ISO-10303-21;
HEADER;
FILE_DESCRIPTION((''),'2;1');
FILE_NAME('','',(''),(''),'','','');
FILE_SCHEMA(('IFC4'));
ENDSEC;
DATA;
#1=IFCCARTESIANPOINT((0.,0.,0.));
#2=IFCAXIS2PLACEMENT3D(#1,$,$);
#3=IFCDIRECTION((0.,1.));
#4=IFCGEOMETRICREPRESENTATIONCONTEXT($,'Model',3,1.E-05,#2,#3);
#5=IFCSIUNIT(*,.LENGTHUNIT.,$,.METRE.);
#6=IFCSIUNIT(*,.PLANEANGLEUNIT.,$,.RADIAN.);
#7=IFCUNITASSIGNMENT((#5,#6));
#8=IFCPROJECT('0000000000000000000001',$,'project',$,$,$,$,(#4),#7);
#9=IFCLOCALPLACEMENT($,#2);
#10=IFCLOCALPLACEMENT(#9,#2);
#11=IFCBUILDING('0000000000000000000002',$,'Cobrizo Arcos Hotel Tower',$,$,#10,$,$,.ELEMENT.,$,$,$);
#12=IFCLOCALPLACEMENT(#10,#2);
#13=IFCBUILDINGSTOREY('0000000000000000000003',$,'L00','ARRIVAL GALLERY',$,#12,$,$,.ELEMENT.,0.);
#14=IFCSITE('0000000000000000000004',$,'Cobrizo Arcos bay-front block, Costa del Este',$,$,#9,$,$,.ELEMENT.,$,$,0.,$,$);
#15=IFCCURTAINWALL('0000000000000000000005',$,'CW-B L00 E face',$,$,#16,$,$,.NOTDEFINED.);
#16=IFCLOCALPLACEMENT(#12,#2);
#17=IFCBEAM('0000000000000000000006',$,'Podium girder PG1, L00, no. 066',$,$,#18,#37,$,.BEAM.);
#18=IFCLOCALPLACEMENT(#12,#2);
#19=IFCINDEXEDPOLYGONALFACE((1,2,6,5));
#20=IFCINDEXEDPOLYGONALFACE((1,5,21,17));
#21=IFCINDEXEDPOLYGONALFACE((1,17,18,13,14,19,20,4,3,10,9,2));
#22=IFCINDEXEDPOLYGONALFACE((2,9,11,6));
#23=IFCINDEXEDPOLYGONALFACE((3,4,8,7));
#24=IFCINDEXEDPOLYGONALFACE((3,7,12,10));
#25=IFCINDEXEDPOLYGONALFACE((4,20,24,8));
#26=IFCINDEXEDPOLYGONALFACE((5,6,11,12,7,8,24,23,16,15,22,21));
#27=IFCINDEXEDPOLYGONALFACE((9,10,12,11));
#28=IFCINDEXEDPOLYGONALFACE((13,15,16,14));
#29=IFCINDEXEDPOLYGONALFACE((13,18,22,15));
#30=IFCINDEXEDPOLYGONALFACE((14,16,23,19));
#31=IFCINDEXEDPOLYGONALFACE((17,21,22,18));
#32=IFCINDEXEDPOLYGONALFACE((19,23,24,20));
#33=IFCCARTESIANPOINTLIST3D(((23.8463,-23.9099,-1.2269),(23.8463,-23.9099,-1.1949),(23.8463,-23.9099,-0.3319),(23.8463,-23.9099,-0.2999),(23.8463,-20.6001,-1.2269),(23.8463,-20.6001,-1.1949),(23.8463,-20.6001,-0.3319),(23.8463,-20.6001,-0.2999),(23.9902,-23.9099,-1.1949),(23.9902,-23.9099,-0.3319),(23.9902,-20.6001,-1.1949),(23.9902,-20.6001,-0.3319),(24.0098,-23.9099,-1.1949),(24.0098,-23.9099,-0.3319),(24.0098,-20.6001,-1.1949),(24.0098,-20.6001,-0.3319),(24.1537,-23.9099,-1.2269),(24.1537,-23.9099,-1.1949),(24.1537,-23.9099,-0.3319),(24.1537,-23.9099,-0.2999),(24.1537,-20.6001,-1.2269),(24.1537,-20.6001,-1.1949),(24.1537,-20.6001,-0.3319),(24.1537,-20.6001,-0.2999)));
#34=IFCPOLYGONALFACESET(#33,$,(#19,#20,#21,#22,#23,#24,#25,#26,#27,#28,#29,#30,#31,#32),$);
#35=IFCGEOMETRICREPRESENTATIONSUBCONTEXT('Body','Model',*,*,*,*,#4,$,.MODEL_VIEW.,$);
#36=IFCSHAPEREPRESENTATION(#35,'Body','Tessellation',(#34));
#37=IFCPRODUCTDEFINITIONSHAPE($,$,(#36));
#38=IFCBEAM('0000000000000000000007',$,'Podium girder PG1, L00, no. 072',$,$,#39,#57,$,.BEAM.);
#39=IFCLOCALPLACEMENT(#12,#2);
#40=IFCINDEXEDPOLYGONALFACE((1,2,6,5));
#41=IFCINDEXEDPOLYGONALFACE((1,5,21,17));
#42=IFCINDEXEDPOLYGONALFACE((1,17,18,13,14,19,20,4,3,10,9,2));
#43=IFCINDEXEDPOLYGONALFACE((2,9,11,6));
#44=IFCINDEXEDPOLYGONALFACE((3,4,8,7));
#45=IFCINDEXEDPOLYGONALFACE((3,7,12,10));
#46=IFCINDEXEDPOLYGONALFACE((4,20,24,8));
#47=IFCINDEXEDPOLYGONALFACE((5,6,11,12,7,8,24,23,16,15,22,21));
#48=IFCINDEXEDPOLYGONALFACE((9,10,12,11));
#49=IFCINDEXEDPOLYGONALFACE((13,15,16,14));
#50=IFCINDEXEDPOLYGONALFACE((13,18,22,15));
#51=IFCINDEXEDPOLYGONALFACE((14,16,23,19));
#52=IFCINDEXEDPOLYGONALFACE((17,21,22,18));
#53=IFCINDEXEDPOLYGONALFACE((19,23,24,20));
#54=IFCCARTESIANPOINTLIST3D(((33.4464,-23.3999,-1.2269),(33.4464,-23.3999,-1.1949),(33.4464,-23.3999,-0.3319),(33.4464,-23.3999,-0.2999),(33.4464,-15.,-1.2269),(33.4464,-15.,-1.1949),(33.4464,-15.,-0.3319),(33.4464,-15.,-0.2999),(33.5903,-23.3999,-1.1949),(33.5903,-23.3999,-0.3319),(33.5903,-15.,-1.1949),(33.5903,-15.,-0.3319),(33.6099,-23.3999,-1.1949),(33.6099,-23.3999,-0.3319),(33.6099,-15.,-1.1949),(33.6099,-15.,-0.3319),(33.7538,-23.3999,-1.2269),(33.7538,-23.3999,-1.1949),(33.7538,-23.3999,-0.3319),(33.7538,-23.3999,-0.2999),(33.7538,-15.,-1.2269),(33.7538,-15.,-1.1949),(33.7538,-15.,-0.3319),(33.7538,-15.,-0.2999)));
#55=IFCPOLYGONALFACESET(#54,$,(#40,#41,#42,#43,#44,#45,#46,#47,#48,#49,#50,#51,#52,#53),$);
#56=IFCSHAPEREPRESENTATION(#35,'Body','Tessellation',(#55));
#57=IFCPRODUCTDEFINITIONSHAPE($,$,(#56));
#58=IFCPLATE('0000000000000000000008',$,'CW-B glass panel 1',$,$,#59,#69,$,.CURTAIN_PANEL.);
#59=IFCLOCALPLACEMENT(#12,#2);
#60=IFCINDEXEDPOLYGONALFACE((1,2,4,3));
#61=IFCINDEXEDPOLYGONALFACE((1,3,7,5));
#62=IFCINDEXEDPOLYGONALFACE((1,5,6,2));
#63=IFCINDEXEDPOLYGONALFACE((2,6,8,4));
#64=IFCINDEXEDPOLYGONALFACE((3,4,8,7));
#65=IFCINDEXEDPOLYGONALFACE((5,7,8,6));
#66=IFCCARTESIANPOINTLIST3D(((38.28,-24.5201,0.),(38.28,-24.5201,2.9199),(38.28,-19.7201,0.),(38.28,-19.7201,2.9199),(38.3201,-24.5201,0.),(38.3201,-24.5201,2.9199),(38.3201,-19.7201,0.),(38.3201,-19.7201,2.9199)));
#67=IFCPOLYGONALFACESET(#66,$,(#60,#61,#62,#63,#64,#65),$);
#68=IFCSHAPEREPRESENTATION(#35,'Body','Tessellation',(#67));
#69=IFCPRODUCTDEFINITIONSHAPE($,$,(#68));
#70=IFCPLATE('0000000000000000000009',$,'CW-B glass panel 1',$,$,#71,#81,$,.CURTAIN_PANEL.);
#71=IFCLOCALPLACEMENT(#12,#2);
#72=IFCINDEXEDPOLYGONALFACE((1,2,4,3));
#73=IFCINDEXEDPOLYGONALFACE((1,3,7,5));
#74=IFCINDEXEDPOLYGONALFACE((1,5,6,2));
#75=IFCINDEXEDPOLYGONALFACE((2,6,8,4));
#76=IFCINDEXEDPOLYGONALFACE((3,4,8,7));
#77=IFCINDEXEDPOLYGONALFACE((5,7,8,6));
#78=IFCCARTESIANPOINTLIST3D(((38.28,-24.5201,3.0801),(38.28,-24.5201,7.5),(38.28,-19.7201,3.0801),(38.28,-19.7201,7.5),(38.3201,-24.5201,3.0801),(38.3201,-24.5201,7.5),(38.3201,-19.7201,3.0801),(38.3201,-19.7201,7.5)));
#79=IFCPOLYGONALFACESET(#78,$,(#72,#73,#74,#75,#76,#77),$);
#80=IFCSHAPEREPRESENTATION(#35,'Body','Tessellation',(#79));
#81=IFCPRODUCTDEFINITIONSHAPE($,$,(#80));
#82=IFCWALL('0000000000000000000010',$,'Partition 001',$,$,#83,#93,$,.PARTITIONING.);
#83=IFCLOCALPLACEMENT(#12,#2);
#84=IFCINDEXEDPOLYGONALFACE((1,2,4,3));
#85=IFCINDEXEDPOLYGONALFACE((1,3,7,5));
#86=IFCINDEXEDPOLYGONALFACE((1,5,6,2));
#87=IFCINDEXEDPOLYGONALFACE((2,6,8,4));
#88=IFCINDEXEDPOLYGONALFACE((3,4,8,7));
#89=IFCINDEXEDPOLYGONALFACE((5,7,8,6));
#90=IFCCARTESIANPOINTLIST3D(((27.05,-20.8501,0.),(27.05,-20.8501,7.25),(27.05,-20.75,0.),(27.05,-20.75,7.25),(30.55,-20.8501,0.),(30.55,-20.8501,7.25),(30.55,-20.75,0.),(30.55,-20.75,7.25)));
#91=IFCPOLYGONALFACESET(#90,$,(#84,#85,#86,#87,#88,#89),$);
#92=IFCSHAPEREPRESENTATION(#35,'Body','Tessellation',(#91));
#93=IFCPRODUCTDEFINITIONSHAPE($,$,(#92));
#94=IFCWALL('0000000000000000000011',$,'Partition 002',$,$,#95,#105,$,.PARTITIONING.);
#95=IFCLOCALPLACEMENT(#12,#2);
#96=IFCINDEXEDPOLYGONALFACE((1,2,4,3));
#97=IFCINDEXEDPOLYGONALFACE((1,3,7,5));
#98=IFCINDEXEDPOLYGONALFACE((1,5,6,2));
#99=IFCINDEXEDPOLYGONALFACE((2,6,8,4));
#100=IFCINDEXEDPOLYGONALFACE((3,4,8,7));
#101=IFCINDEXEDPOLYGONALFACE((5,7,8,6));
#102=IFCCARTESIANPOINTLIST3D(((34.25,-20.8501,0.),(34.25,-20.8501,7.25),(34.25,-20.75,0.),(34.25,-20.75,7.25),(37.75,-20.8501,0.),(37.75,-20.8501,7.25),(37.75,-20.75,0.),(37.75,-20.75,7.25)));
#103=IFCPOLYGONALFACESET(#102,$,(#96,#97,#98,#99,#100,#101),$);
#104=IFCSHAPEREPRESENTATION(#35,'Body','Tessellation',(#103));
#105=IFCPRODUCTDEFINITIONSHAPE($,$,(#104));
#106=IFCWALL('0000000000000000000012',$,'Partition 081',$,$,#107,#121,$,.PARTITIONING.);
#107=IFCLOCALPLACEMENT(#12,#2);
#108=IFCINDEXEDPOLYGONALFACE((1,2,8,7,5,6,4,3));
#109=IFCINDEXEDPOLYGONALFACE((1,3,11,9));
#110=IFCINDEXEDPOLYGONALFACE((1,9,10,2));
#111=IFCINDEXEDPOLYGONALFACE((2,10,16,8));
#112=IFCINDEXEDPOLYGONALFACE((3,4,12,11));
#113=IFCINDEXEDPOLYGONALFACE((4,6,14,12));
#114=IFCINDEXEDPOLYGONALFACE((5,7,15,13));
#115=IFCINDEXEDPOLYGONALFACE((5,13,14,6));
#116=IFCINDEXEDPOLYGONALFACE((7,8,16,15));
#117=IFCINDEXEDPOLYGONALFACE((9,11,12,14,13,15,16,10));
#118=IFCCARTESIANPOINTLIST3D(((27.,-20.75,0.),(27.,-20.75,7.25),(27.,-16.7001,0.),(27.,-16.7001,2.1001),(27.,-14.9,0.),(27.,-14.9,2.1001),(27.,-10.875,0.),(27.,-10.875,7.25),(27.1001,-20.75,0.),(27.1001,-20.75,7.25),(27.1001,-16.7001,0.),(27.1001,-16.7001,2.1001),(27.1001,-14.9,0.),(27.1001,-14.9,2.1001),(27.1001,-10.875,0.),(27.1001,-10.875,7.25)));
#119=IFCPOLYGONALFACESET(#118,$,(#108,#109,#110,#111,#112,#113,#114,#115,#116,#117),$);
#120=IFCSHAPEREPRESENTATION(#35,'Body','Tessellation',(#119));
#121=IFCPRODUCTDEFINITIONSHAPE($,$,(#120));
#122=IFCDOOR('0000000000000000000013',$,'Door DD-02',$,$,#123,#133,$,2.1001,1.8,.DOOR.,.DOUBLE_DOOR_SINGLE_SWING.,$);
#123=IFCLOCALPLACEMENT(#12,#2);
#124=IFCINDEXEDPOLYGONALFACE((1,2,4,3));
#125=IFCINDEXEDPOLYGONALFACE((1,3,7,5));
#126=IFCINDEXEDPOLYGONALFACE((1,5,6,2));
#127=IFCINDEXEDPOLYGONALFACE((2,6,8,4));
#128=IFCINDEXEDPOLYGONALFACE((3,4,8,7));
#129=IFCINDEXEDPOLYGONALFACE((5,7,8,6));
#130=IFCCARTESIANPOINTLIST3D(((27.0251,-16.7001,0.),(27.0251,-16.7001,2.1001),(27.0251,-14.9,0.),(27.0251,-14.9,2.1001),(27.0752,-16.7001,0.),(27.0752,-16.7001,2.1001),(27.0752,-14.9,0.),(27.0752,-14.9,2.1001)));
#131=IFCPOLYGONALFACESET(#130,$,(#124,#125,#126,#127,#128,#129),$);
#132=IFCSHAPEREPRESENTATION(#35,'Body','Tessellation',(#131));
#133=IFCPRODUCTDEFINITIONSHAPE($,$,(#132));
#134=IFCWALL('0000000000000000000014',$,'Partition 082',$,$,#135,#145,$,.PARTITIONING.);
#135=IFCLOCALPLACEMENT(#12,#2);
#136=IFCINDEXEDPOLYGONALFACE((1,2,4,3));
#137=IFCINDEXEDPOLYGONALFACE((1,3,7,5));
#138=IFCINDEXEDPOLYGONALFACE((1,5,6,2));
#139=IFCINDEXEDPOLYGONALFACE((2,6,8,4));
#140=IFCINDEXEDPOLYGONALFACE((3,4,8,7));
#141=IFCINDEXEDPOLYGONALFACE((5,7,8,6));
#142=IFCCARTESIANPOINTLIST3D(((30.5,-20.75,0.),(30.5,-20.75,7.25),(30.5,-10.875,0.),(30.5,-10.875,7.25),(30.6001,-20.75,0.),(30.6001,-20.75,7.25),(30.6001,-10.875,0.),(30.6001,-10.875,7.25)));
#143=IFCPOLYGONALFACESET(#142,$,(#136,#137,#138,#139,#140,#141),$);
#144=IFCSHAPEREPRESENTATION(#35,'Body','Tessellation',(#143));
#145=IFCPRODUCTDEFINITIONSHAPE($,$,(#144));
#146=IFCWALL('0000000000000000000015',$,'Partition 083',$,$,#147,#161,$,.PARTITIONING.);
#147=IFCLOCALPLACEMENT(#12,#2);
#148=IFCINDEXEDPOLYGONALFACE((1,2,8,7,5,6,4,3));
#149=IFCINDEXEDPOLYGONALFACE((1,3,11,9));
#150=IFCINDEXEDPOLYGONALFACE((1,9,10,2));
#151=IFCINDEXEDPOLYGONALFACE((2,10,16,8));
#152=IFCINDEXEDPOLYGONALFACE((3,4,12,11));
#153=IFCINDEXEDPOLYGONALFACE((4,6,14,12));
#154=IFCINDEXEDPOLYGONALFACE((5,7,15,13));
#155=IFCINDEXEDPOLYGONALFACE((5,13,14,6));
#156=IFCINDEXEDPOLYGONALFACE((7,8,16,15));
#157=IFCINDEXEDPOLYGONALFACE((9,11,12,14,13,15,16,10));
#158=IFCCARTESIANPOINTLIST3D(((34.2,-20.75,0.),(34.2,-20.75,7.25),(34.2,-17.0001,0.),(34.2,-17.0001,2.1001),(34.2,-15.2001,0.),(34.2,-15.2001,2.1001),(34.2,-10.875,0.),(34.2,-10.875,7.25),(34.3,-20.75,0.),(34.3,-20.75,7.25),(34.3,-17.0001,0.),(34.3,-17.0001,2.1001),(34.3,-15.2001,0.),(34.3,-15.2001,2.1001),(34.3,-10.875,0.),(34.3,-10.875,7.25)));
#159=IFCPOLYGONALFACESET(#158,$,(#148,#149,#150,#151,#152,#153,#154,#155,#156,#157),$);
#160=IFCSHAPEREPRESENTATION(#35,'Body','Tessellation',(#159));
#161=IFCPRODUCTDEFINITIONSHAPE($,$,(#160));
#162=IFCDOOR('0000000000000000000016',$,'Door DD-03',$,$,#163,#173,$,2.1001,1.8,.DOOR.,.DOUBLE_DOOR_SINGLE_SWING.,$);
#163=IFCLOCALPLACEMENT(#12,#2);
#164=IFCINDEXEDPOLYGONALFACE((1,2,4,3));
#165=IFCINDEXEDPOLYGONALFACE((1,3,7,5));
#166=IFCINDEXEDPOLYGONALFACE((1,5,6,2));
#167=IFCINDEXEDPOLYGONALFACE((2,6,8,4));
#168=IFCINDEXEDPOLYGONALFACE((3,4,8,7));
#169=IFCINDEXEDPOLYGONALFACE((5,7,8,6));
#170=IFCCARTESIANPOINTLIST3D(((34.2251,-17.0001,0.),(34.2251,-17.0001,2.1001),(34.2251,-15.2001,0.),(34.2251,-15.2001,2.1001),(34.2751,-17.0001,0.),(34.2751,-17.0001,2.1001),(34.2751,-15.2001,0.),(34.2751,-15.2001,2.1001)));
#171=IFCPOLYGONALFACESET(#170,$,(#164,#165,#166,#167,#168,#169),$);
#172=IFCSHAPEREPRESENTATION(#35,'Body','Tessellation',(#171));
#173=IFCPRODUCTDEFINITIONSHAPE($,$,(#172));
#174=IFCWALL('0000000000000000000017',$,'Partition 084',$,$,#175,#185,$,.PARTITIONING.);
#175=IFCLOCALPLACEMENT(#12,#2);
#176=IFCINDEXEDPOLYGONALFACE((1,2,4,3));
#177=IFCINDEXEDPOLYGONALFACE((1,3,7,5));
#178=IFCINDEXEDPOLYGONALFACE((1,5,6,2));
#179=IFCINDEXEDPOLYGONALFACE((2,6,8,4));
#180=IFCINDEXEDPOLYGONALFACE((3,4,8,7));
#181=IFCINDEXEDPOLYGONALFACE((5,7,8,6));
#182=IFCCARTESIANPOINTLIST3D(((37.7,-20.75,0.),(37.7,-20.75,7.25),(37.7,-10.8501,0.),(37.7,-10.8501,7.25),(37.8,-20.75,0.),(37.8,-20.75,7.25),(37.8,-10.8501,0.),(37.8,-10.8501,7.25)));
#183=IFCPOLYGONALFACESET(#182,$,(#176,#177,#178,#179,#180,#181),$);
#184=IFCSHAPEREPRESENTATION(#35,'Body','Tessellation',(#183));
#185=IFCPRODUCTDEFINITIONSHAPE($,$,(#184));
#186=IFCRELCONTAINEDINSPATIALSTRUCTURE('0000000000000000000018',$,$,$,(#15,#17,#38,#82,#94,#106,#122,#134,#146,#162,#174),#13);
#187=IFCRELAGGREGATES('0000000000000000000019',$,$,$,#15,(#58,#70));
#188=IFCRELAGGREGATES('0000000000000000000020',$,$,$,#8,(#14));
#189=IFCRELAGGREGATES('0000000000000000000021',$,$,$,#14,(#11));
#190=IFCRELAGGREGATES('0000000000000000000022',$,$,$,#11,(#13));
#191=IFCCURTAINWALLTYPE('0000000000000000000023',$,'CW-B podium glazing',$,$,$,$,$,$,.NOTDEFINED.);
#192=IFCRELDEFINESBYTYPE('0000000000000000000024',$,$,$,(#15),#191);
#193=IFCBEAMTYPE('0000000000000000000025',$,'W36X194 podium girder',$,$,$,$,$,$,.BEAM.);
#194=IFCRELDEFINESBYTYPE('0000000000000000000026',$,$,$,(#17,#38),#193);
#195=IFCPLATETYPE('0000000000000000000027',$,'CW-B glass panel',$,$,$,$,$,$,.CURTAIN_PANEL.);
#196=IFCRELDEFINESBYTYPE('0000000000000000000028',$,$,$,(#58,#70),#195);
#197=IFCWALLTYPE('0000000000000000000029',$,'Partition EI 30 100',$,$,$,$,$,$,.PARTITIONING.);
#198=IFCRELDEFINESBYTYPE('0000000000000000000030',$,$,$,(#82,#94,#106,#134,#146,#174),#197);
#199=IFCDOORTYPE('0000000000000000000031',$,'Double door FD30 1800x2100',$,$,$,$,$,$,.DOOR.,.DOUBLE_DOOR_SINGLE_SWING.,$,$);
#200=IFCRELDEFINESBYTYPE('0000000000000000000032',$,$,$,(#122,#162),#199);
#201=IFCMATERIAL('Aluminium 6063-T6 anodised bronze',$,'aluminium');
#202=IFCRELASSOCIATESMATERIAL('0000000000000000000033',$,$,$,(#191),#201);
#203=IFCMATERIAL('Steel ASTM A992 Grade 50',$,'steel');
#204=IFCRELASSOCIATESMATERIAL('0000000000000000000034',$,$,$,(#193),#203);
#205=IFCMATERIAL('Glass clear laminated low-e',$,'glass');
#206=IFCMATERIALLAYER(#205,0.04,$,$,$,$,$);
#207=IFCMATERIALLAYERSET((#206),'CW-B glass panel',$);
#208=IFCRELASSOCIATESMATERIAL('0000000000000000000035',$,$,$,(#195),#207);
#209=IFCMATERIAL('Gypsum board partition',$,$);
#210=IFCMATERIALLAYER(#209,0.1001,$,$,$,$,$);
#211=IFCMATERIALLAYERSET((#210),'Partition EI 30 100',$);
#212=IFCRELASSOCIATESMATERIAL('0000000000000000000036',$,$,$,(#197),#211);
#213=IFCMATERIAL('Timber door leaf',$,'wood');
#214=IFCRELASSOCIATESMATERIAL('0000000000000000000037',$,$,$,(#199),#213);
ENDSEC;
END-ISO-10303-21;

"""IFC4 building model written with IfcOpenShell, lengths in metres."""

from ifc_helpers import new_model, si_unit, direction, frame, frame_2d, origin, origin_2d, place, context, subcontext, project, spatial, rectangle, i_section, extrude, material, layer, layer_set, material_profile, profile_set, type_object, element, fill, aggregate, save


model = new_model("IFC4")

# Units and contexts
model_context = context("Model", 3, precision=1e-05, world=origin(), true_north=direction((0.0, 1.0)))
body_context = subcontext(model_context, "Body", "Model", "MODEL_VIEW")
ifc_project = project(units=[si_unit("LENGTHUNIT", "METRE"), si_unit("PLANEANGLEUNIT", "RADIAN")], contexts=[model_context])

# Site, building, storey
site_placement = place(None, origin())
site = spatial("IfcSite", under=ifc_project, at=site_placement, Name="Cobrizo Arcos bay-front block, Costa del Este", CompositionType="ELEMENT", RefElevation=0.0)
building_placement = place(site_placement, origin())
building = spatial("IfcBuilding", under=site, at=building_placement, Name="Cobrizo Arcos Hotel Tower", CompositionType="ELEMENT")
storey_placement = place(building_placement, origin())
storey = spatial("IfcBuildingStorey", under=building, at=storey_placement, Name="L00", Description="ARRIVAL GALLERY", CompositionType="ELEMENT", Elevation=0.0)

# Curtain wall
ifc_material_1 = material(Name="Aluminium 6063-T6 anodised bronze", Category="aluminium")
curtain_wall_type = type_object("IfcCurtainWallType", Name="CW-B podium glazing", PredefinedType="NOTDEFINED", material=ifc_material_1)
curtain_wall_placement = place(storey_placement, origin())
curtain_wall = element("IfcCurtainWall", 1, at=curtain_wall_placement, inside=storey, type_object=curtain_wall_type, Name="CW-B L00 E face", PredefinedType="NOTDEFINED")

# Beams
ifc_material_2 = material(Name="Steel ASTM A992 Grade 50", Category="steel")
ifc_material_profile_1 = material_profile(ifc_material_2, i_section(OverallWidth=0.3074, OverallDepth=0.927, WebThickness=0.0195, FlangeThickness=0.032, at=origin_2d()), Name="W36X194")
ifc_profile_set_1 = profile_set([ifc_material_profile_1], Name="Steel ASTM A992 Grade 50")
beam_type_1 = type_object("IfcBeamType", Name="W36X194 podium girder", PredefinedType="BEAM", material=ifc_profile_set_1)
beam_1_placement = place(storey_placement, frame((24.0, -23.9099, -0.7634), z_axis=(0.0, 1.0, 0.0), x_axis=(-1.0, 0.0, 0.0)))
element("IfcBeam", 2, at=beam_1_placement, inside=storey, type_object=beam_type_1, Name="Podium girder PG1, L00, no. 066", PredefinedType="BEAM", context=body_context, shape_type="SweptSolid", body=[
    extrude(i_section(OverallWidth=0.3074, OverallDepth=0.927, WebThickness=0.0195, FlangeThickness=0.032, at=origin_2d()), origin(), (0.0, 0.0, 1.0), 3.3098),
])
beam_2_placement = place(storey_placement, frame((33.6001, -23.3999, -0.7634), z_axis=(0.0, 1.0, 0.0), x_axis=(-1.0, 0.0, 0.0)))
element("IfcBeam", 3, at=beam_2_placement, inside=storey, type_object=beam_type_1, Name="Podium girder PG1, L00, no. 072", PredefinedType="BEAM", context=body_context, shape_type="SweptSolid", body=[
    extrude(i_section(OverallWidth=0.3074, OverallDepth=0.927, WebThickness=0.0195, FlangeThickness=0.032, at=origin_2d()), origin(), (0.0, 0.0, 1.0), 8.3999),
])

# Plates
ifc_material_3 = material(Name="Glass clear laminated low-e", Category="glass")
ifc_layer_1 = layer(ifc_material_3, 0.04)
ifc_layer_set_1 = layer_set([ifc_layer_1], Name="CW-B glass panel")
plate_type = type_object("IfcPlateType", Name="CW-B glass panel", PredefinedType="CURTAIN_PANEL", material=ifc_layer_set_1)
plate_1_placement = place(storey_placement, frame((38.3, -22.1201, 0.0), z_axis=(0.0, 0.0, 1.0), x_axis=(0.0, 1.0, 0.0)))
plate_1 = element("IfcPlate", 4, at=plate_1_placement, type_object=plate_type, Name="CW-B glass panel 1", PredefinedType="CURTAIN_PANEL", context=body_context, shape_type="SweptSolid", body=[
    extrude(rectangle(XDim=4.8, YDim=0.04, at=origin_2d()), origin(), (0.0, 0.0, 1.0), 2.9199),
])
plate_2_placement = place(storey_placement, frame((38.3, -22.1201, 3.0801), z_axis=(0.0, 0.0, 1.0), x_axis=(0.0, 1.0, 0.0)))
plate_2 = element("IfcPlate", 5, at=plate_2_placement, type_object=plate_type, Name="CW-B glass panel 1", PredefinedType="CURTAIN_PANEL", context=body_context, shape_type="SweptSolid", body=[
    extrude(rectangle(XDim=4.8, YDim=0.04, at=origin_2d()), origin(), (0.0, 0.0, 1.0), 4.4199),
])
aggregate(curtain_wall, [plate_1, plate_2])

# Walls
ifc_material_4 = material(Name="Gypsum board partition")
ifc_layer_2 = layer(ifc_material_4, 0.1001)
ifc_layer_set_2 = layer_set([ifc_layer_2], Name="Partition EI 30 100")
wall_type = type_object("IfcWallType", Name="Partition EI 30 100", PredefinedType="PARTITIONING", material=ifc_layer_set_2)
for number, where, z_axis, x_axis, name in (
    (6, (27.05, -20.8, 0.0), (0.0, 0.0, 1.0), (1.0, 0.0, 0.0), "Partition 001"),
    (7, (34.25, -20.8, 0.0), (0.0, 0.0, 1.0), (1.0, 0.0, 0.0), "Partition 002"),
):
    element("IfcWall", number, at=place(storey_placement, frame(where, z_axis=z_axis, x_axis=x_axis)), inside=storey, type_object=wall_type, Name=name, PredefinedType="PARTITIONING", context=body_context, shape_type="SweptSolid", body=[
        extrude(rectangle(XDim=3.5, YDim=0.1001, at=frame_2d((1.75, 0.0))), origin(), (0.0, 0.0, 1.0), 7.25),
    ])

# Wall, opening, door
wall_1_placement = place(storey_placement, frame((27.05, -20.75, 0.0), z_axis=(0.0, 0.0, 1.0), x_axis=(0.0, 1.0, 0.0)))
wall_1 = element("IfcWall", 8, at=wall_1_placement, inside=storey, type_object=wall_type, Name="Partition 081", PredefinedType="PARTITIONING", context=body_context, shape_type="SweptSolid", body=[
    extrude(rectangle(XDim=9.875, YDim=0.1001, at=frame_2d((4.9375, 0.0))), origin(), (0.0, 0.0, 1.0), 7.25),
])
opening_1_placement = place(wall_1_placement, frame((4.05, 0.0, 0.0)))
opening_1 = element("IfcOpeningElement", 9, at=opening_1_placement, cuts=wall_1, PredefinedType="OPENING", context=body_context, shape_type="SweptSolid", body=[
    extrude(rectangle(XDim=1.8, YDim=2.1001, at=frame_2d((0.8999, 1.05))), frame((0.0, 0.062, 0.0), z_axis=(0.0, -1.0, 0.0), x_axis=(1.0, 0.0, 0.0)), (0.0, 0.0, 1.0), 0.124),
])
ifc_material_5 = material(Name="Timber door leaf", Category="wood")
door_type = type_object("IfcDoorType", Name="Double door FD30 1800x2100", OperationType="DOUBLE_DOOR_SINGLE_SWING", PredefinedType="DOOR", material=ifc_material_5)
door_1_placement = place(opening_1_placement, origin())
door_1 = element("IfcDoor", 10, at=door_1_placement, inside=storey, type_object=door_type, Name="Door DD-02", OperationType="DOUBLE_DOOR_SINGLE_SWING", OverallHeight=2.1001, OverallWidth=1.8, PredefinedType="DOOR", context=body_context, shape_type="SweptSolid", body=[
    extrude(rectangle(XDim=1.8, YDim=2.1001, at=frame_2d((0.8999, 1.05))), frame((0.0, 0.0249, 0.0), z_axis=(0.0, -1.0, 0.0), x_axis=(1.0, 0.0, 0.0)), (0.0, 0.0, 1.0), 0.05),
])
fill(opening_1, door_1)

# Wall
wall_2_placement = place(storey_placement, frame((30.55, -20.75, 0.0), z_axis=(0.0, 0.0, 1.0), x_axis=(0.0, 1.0, 0.0)))
element("IfcWall", 11, at=wall_2_placement, inside=storey, type_object=wall_type, Name="Partition 082", PredefinedType="PARTITIONING", context=body_context, shape_type="SweptSolid", body=[
    extrude(rectangle(XDim=9.875, YDim=0.1001, at=frame_2d((4.9375, 0.0))), origin(), (0.0, 0.0, 1.0), 7.25),
])

# Wall, opening, door
wall_3_placement = place(storey_placement, frame((34.25, -20.75, 0.0), z_axis=(0.0, 0.0, 1.0), x_axis=(0.0, 1.0, 0.0)))
wall_3 = element("IfcWall", 12, at=wall_3_placement, inside=storey, type_object=wall_type, Name="Partition 083", PredefinedType="PARTITIONING", context=body_context, shape_type="SweptSolid", body=[
    extrude(rectangle(XDim=9.875, YDim=0.1001, at=frame_2d((4.9375, 0.0))), origin(), (0.0, 0.0, 1.0), 7.25),
])
opening_2_placement = place(wall_3_placement, frame((3.75, 0.0, 0.0)))
opening_2 = element("IfcOpeningElement", 13, at=opening_2_placement, cuts=wall_3, PredefinedType="OPENING", context=body_context, shape_type="SweptSolid", body=[
    extrude(rectangle(XDim=1.8, YDim=2.1001, at=frame_2d((0.8999, 1.05))), frame((0.0, 0.062, 0.0), z_axis=(0.0, -1.0, 0.0), x_axis=(1.0, 0.0, 0.0)), (0.0, 0.0, 1.0), 0.124),
])
door_2_placement = place(opening_2_placement, origin())
door_2 = element("IfcDoor", 14, at=door_2_placement, inside=storey, type_object=door_type, Name="Door DD-03", OperationType="DOUBLE_DOOR_SINGLE_SWING", OverallHeight=2.1001, OverallWidth=1.8, PredefinedType="DOOR", context=body_context, shape_type="SweptSolid", body=[
    extrude(rectangle(XDim=1.8, YDim=2.1001, at=frame_2d((0.8999, 1.05))), frame((0.0, 0.0249, 0.0), z_axis=(0.0, -1.0, 0.0), x_axis=(1.0, 0.0, 0.0)), (0.0, 0.0, 1.0), 0.05),
])
fill(opening_2, door_2)

# Wall
wall_4_placement = place(storey_placement, frame((37.75, -20.75, 0.0), z_axis=(0.0, 0.0, 1.0), x_axis=(0.0, 1.0, 0.0)))
element("IfcWall", 15, at=wall_4_placement, inside=storey, type_object=wall_type, Name="Partition 084", PredefinedType="PARTITIONING", context=body_context, shape_type="SweptSolid", body=[
    extrude(rectangle(XDim=9.8999, YDim=0.1001, at=frame_2d((4.95, 0.0))), origin(), (0.0, 0.0, 1.0), 7.25),
])

save(model, "model.ifc")
